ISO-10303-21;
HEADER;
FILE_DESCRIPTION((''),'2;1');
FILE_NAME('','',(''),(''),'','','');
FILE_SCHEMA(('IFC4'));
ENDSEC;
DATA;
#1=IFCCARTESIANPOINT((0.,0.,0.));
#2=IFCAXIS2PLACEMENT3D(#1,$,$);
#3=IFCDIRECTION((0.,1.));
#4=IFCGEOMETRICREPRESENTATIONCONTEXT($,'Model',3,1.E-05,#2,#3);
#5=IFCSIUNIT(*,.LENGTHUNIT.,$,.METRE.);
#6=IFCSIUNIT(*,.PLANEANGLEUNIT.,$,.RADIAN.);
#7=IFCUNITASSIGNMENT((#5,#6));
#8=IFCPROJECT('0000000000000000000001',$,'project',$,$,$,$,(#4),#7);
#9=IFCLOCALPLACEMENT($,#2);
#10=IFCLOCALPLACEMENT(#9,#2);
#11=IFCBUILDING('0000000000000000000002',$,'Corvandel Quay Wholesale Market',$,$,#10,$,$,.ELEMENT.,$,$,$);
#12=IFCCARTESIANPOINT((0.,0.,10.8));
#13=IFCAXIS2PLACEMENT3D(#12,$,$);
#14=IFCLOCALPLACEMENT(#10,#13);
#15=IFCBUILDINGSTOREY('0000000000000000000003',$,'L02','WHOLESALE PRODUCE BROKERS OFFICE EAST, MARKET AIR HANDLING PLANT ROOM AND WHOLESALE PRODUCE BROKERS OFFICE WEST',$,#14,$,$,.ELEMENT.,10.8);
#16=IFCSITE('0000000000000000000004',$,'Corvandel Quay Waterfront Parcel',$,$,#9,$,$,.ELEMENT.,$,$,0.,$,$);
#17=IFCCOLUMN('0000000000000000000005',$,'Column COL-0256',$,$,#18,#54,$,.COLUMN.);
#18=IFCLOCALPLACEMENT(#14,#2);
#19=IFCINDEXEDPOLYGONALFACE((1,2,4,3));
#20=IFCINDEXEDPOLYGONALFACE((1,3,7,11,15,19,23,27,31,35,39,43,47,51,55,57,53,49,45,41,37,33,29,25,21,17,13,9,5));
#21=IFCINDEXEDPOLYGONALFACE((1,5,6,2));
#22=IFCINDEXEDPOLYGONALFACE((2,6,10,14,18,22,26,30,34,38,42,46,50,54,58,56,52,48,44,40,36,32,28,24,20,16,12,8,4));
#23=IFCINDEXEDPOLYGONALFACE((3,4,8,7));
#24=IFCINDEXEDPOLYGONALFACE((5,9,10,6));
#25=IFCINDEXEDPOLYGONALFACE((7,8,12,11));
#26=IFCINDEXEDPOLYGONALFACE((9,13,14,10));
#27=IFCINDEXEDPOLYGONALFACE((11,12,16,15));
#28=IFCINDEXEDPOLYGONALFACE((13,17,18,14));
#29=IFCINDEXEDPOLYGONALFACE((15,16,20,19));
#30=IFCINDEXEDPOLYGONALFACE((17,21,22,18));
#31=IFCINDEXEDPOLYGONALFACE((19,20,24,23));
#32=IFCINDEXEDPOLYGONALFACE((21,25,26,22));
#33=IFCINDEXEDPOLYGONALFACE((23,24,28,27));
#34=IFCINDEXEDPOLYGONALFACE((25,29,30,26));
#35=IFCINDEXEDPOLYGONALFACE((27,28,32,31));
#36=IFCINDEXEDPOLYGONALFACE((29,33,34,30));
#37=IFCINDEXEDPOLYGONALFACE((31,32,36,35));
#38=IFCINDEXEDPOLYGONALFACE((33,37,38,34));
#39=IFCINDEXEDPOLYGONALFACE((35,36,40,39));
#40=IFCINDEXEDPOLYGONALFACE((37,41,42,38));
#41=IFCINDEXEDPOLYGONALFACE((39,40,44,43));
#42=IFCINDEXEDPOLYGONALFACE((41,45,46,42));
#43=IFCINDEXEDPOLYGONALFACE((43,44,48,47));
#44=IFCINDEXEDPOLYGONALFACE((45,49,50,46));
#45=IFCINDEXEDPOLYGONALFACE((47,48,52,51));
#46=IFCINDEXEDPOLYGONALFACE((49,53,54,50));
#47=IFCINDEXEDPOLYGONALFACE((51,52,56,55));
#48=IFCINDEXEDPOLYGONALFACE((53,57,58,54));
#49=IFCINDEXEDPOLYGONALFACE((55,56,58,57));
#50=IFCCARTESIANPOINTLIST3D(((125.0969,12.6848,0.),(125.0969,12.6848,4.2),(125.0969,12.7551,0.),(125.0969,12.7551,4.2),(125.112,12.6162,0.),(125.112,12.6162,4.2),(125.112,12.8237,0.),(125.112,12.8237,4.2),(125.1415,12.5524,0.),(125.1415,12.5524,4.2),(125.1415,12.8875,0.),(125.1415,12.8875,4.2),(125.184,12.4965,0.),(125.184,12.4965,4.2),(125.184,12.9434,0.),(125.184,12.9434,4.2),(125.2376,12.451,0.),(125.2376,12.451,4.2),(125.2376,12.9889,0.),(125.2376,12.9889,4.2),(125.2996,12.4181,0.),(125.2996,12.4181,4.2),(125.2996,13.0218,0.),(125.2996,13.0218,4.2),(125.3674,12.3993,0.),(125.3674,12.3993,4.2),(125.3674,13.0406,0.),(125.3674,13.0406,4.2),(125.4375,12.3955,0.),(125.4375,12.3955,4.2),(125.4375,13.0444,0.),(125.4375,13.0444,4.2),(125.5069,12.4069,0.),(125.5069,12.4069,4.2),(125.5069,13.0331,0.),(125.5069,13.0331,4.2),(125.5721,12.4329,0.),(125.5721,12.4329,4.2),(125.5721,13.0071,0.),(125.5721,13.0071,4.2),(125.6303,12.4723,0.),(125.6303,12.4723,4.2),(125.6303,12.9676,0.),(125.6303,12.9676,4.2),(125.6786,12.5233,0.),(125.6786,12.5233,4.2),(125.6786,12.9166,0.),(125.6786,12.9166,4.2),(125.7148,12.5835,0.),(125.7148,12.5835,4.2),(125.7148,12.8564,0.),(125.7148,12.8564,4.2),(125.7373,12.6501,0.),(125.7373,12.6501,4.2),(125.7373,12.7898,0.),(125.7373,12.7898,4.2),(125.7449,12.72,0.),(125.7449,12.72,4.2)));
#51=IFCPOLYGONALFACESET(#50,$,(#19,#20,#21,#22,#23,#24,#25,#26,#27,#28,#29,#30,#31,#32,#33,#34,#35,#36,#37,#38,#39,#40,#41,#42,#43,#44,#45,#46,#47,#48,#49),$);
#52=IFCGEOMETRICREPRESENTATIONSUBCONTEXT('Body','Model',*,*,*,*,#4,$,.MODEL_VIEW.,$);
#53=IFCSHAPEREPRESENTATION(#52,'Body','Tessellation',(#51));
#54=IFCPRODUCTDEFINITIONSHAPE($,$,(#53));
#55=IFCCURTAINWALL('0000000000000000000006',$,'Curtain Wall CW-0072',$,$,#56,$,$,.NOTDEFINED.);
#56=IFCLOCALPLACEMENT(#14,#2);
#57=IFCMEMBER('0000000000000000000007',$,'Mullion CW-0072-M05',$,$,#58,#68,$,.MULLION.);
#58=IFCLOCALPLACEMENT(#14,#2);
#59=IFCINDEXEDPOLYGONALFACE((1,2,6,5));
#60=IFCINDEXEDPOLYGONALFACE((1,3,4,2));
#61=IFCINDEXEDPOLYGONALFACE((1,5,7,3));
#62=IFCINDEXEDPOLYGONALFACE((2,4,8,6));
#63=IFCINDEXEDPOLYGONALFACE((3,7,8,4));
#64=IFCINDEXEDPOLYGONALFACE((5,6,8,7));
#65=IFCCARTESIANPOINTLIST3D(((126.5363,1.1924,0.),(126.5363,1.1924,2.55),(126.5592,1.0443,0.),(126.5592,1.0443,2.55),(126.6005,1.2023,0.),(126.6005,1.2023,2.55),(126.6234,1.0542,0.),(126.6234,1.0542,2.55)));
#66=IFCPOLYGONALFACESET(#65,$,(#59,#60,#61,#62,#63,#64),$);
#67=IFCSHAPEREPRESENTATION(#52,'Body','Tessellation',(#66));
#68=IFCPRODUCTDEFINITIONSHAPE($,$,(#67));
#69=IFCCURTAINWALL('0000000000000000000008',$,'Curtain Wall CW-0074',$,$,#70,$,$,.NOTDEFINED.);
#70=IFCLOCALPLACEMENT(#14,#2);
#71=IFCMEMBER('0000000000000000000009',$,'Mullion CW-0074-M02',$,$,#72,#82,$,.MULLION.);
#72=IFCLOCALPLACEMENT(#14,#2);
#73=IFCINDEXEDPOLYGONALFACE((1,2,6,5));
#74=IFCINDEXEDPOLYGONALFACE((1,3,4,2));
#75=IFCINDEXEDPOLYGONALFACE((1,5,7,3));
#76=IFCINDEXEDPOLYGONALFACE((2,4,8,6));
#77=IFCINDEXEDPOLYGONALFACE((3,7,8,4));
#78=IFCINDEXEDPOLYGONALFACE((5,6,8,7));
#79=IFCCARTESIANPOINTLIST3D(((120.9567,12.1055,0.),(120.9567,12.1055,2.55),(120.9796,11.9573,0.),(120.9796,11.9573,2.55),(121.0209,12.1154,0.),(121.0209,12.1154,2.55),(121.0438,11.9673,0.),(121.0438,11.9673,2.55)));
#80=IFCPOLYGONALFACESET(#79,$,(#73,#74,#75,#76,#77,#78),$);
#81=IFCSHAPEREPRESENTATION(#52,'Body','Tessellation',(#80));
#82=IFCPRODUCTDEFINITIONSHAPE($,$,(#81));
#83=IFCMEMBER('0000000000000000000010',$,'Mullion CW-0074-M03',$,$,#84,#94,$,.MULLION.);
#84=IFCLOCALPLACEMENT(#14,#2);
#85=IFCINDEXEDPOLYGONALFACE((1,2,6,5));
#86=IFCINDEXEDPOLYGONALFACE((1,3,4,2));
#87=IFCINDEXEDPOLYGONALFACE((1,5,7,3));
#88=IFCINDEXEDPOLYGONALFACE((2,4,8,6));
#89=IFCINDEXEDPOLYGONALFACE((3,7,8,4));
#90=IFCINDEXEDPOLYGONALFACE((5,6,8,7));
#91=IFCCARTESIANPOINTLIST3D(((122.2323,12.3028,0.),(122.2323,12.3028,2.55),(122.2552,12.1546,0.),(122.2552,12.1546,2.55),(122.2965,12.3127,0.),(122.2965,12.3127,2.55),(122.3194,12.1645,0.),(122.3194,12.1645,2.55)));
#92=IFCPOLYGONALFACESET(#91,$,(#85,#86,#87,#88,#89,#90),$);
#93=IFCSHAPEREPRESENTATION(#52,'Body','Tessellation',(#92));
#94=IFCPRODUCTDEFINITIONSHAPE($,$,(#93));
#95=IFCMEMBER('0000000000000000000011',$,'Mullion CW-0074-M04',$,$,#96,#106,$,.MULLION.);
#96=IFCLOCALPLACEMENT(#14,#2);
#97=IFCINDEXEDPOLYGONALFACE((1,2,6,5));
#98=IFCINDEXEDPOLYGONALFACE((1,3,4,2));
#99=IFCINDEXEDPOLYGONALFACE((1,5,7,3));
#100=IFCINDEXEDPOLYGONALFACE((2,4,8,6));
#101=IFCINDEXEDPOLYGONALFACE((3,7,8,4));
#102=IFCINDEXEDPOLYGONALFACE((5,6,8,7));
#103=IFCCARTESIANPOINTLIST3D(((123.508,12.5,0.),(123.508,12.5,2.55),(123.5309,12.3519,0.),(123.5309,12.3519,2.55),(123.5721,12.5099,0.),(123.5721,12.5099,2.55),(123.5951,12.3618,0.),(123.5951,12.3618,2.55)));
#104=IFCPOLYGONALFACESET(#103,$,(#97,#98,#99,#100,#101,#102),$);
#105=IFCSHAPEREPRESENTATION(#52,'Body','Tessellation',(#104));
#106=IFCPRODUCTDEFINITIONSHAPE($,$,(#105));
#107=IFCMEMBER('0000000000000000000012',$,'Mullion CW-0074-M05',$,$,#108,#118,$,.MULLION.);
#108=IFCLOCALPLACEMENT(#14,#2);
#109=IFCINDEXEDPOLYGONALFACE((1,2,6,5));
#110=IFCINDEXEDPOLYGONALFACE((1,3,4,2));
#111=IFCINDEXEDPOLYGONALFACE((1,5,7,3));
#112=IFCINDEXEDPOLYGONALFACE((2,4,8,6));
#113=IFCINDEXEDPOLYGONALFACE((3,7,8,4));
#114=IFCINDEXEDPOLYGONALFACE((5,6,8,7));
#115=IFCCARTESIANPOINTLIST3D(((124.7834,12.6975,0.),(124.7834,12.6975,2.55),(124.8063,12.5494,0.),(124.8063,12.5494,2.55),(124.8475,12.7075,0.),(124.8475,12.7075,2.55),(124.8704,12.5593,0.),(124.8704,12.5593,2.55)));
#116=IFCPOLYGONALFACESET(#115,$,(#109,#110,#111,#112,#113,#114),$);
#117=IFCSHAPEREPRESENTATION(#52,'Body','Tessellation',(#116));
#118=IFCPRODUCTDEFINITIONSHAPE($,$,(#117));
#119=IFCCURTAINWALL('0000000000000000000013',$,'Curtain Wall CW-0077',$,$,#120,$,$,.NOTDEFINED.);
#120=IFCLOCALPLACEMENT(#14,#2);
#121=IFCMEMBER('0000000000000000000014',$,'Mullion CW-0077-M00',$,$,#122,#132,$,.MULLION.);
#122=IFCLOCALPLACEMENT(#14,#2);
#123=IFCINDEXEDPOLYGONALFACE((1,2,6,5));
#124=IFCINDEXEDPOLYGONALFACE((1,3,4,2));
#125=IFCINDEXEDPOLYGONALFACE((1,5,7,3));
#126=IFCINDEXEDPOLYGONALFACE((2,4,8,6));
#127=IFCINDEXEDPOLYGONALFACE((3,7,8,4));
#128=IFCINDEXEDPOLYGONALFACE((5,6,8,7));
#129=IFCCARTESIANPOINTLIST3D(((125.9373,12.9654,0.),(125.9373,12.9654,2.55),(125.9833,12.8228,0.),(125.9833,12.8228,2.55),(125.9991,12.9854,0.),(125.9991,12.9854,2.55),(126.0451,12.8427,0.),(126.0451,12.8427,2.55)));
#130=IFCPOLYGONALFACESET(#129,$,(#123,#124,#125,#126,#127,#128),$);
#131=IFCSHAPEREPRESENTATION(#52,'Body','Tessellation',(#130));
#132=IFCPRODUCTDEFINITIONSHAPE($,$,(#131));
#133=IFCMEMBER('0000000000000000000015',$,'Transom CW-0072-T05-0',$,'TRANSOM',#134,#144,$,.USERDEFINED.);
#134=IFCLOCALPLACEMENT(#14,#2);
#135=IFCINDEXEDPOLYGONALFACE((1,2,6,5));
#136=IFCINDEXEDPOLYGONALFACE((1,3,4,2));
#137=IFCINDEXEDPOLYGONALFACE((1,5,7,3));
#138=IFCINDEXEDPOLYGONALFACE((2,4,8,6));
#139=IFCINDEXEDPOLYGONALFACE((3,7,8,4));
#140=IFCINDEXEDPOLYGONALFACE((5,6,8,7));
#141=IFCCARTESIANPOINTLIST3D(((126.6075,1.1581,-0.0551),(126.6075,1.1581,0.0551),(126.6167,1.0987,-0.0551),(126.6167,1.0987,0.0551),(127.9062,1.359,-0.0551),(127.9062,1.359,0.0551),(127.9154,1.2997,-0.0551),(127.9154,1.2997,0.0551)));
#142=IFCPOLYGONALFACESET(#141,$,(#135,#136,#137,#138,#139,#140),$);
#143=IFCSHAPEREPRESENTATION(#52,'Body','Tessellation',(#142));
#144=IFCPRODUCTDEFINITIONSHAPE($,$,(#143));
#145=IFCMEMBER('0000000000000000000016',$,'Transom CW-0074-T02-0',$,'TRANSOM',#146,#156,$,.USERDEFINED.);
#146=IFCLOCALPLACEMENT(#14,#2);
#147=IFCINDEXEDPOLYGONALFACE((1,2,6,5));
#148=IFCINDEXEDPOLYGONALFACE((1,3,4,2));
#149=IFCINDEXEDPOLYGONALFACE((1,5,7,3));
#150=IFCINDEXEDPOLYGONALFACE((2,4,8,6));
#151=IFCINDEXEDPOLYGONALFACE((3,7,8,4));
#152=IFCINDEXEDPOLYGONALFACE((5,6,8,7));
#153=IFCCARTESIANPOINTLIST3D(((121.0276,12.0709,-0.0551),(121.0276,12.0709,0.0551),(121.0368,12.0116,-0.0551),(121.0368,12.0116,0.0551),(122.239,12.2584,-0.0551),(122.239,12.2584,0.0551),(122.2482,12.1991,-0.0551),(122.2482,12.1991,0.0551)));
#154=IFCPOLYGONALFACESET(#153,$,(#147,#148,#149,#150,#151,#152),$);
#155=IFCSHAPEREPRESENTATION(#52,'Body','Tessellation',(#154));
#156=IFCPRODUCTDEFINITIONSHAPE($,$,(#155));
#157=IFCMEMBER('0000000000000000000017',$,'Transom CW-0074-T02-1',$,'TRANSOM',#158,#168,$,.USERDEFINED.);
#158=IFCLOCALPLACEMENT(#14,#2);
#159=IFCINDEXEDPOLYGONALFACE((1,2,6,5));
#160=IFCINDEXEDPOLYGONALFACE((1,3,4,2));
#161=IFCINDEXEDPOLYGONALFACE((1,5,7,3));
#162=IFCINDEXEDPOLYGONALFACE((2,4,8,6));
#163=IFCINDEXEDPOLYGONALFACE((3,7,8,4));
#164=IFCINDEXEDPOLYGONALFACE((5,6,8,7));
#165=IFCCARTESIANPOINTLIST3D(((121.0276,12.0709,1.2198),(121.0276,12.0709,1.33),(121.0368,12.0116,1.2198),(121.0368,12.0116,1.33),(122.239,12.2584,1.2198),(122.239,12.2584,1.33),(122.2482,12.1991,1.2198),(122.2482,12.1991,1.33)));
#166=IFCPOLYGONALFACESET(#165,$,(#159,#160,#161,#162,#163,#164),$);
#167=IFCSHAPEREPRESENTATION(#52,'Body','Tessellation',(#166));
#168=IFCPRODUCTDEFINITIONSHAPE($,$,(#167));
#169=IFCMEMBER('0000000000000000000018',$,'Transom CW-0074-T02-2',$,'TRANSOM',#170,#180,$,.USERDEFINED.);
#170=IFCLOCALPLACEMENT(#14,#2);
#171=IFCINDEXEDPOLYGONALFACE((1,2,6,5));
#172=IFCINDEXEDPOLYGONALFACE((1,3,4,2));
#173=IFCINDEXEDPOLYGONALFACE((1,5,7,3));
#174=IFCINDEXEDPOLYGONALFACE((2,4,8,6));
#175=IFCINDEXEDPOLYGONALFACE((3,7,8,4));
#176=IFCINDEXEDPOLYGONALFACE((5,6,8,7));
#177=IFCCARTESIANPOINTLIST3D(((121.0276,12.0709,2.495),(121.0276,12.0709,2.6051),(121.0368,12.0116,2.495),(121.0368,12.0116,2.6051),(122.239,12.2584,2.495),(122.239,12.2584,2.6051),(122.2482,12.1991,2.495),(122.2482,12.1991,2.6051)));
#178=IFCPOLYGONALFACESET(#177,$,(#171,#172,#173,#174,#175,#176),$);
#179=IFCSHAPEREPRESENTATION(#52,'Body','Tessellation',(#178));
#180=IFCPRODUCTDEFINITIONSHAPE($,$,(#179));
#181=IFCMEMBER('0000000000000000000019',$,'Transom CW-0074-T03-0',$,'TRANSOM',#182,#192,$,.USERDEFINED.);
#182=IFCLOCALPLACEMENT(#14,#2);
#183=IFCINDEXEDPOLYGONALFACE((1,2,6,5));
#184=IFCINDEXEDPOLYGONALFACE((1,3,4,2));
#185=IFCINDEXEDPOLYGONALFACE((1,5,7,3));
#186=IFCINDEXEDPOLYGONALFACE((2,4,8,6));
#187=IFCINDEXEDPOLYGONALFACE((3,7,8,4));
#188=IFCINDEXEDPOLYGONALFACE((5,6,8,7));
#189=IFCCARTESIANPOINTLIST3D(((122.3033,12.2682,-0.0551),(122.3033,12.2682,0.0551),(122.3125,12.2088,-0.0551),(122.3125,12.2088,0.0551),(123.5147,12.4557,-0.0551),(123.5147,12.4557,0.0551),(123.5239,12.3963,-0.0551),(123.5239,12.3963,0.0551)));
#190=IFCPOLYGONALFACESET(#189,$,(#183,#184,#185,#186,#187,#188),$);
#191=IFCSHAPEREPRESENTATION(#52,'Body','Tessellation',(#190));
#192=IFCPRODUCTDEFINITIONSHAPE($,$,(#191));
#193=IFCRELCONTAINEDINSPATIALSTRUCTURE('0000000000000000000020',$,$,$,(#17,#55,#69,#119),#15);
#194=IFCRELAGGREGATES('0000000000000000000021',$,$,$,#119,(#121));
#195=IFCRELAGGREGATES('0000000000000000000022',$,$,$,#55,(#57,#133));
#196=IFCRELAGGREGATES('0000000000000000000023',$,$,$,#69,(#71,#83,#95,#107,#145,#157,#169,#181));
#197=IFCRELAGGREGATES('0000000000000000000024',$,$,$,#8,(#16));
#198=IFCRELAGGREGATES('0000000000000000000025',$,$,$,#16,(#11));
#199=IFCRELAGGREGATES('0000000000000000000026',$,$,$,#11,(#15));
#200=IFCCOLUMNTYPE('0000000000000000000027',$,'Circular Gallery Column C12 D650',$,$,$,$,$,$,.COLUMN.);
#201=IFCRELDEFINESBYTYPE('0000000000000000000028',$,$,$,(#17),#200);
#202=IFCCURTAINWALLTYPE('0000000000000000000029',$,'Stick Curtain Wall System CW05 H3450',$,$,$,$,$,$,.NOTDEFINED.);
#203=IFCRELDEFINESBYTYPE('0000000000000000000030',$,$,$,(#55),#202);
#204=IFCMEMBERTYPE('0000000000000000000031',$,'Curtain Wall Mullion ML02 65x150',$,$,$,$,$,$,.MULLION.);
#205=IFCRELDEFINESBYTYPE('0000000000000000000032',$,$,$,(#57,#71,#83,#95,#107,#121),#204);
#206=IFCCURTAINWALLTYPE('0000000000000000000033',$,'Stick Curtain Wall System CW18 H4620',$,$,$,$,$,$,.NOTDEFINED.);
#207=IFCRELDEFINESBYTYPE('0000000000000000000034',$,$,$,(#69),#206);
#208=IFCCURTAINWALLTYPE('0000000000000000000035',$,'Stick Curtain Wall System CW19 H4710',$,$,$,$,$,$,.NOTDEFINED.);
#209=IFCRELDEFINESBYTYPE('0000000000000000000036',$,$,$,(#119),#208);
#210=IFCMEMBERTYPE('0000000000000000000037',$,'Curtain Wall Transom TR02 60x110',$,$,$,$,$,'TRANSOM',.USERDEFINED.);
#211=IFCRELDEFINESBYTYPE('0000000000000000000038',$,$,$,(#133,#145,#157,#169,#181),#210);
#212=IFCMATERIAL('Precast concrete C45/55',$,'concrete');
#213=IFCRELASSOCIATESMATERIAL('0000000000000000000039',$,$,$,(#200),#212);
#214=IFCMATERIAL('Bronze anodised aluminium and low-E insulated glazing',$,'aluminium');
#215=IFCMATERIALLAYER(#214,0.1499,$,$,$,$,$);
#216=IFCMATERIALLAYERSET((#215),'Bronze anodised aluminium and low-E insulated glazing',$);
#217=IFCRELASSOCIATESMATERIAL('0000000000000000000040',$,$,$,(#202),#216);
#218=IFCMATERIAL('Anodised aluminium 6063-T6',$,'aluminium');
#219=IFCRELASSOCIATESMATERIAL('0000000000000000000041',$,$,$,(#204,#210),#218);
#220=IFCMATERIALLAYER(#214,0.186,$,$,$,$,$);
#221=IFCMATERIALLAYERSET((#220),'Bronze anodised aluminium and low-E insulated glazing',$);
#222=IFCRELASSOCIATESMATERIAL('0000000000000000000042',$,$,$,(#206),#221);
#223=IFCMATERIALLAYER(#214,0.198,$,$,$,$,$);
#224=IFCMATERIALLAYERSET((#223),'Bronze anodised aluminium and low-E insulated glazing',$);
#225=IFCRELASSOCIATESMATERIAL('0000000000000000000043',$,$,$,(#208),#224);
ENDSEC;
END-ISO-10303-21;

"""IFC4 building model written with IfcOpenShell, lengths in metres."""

from ifc_helpers import new_model, si_unit, direction, frame, origin, origin_2d, place, context, subcontext, project, spatial, rectangle, circle, extrude, material, layer, layer_set, material_profile, profile_set, type_object, element, aggregate, save


model = new_model("IFC4")

# Units and contexts
model_context = context("Model", 3, precision=1e-05, world=origin(), true_north=direction((0.0, 1.0)))
body_context = subcontext(model_context, "Body", "Model", "MODEL_VIEW")
ifc_project = project(units=[si_unit("LENGTHUNIT", "METRE"), si_unit("PLANEANGLEUNIT", "RADIAN")], contexts=[model_context])

# Site, building, storey
site_placement = place(None, origin())
site = spatial("IfcSite", under=ifc_project, at=site_placement, Name="Corvandel Quay Waterfront Parcel", CompositionType="ELEMENT", RefElevation=0.0)
building_placement = place(site_placement, origin())
building = spatial("IfcBuilding", under=site, at=building_placement, Name="Corvandel Quay Wholesale Market", CompositionType="ELEMENT")
storey_placement = place(building_placement, frame((0.0, 0.0, 10.8)))
storey = spatial("IfcBuildingStorey", under=building, at=storey_placement, Name="L02", Description="WHOLESALE PRODUCE BROKERS OFFICE EAST, MARKET AIR HANDLING PLANT ROOM AND WHOLESALE PRODUCE BROKERS OFFICE WEST", CompositionType="ELEMENT", Elevation=10.8)

# Column
ifc_material_1 = material(Name="Precast concrete C45/55", Category="concrete")
ifc_material_profile_1 = material_profile(ifc_material_1, circle(Radius=0.325, at=origin_2d()), Name="PC-COL-D650")
ifc_profile_set_1 = profile_set([ifc_material_profile_1], Name="Precast concrete C45/55")
column_type = type_object("IfcColumnType", Name="Circular Gallery Column C12 D650", PredefinedType="COLUMN", material=ifc_profile_set_1)
column_placement = place(storey_placement, frame((125.4199, 12.72, 0.0), z_axis=(0.0, 0.0, 1.0), x_axis=(1.0, 0.0, 0.0)))
element("IfcColumn", 1, at=column_placement, inside=storey, type_object=column_type, Name="Column COL-0256", PredefinedType="COLUMN", context=body_context, shape_type="SweptSolid", body=[
    extrude(circle(Radius=0.325, at=origin_2d()), origin(), (0.0, 0.0, 1.0), 4.2),
])

# Curtain wall, member
ifc_material_2 = material(Name="Bronze anodised aluminium and low-E insulated glazing", Category="aluminium")
ifc_layer_1 = layer(ifc_material_2, 0.1499)
ifc_layer_set_1 = layer_set([ifc_layer_1], Name="Bronze anodised aluminium and low-E insulated glazing")
curtain_wall_type_1 = type_object("IfcCurtainWallType", Name="Stick Curtain Wall System CW05 H3450", PredefinedType="NOTDEFINED", material=ifc_layer_set_1)
curtain_wall_1_placement = place(storey_placement, origin())
curtain_wall_1 = element("IfcCurtainWall", 2, at=curtain_wall_1_placement, inside=storey, type_object=curtain_wall_type_1, Name="Curtain Wall CW-0072", PredefinedType="NOTDEFINED")
ifc_material_3 = material(Name="Anodised aluminium 6063-T6", Category="aluminium")
ifc_material_profile_2 = material_profile(ifc_material_3, rectangle(XDim=0.0649, YDim=0.1499, at=origin_2d()), Name="ALU-MUL-65x150")
ifc_profile_set_2 = profile_set([ifc_material_profile_2], Name="Anodised aluminium 6063-T6")
member_type_1 = type_object("IfcMemberType", Name="Curtain Wall Mullion ML02 65x150", PredefinedType="MULLION", material=ifc_profile_set_2)
member_1_placement = place(storey_placement, frame((126.5798, 1.1233, 0.0), z_axis=(0.0, 0.0, 1.0), x_axis=(0.988255, 0.152813, 0.0)))
member_1 = element("IfcMember", 3, at=member_1_placement, type_object=member_type_1, Name="Mullion CW-0072-M05", PredefinedType="MULLION", context=body_context, shape_type="SweptSolid", body=[
    extrude(rectangle(XDim=0.0649, YDim=0.1499, at=origin_2d()), origin(), (0.0, 0.0, 1.0), 2.55),
])

# Curtain wall, members
ifc_layer_2 = layer(ifc_material_2, 0.186)
ifc_layer_set_2 = layer_set([ifc_layer_2], Name="Bronze anodised aluminium and low-E insulated glazing")
curtain_wall_type_2 = type_object("IfcCurtainWallType", Name="Stick Curtain Wall System CW18 H4620", PredefinedType="NOTDEFINED", material=ifc_layer_set_2)
curtain_wall_2_placement = place(storey_placement, origin())
curtain_wall_2 = element("IfcCurtainWall", 4, at=curtain_wall_2_placement, inside=storey, type_object=curtain_wall_type_2, Name="Curtain Wall CW-0074", PredefinedType="NOTDEFINED")
member_2_placement = place(storey_placement, frame((121.0002, 12.0364, 0.0), z_axis=(0.0, 0.0, 1.0), x_axis=(0.988255, 0.152813, 0.0)))
member_2 = element("IfcMember", 5, at=member_2_placement, type_object=member_type_1, Name="Mullion CW-0074-M02", PredefinedType="MULLION", context=body_context, shape_type="SweptSolid", body=[
    extrude(rectangle(XDim=0.0649, YDim=0.1499, at=origin_2d()), origin(), (0.0, 0.0, 1.0), 2.55),
])
member_3_placement = place(storey_placement, frame((122.2759, 12.2336, 0.0), z_axis=(0.0, 0.0, 1.0), x_axis=(0.988255, 0.152813, 0.0)))
member_3 = element("IfcMember", 6, at=member_3_placement, type_object=member_type_1, Name="Mullion CW-0074-M03", PredefinedType="MULLION", context=body_context, shape_type="SweptSolid", body=[
    extrude(rectangle(XDim=0.0649, YDim=0.1499, at=origin_2d()), origin(), (0.0, 0.0, 1.0), 2.55),
])
member_4_placement = place(storey_placement, frame((123.5515, 12.4309, 0.0), z_axis=(0.0, 0.0, 1.0), x_axis=(0.988255, 0.152813, 0.0)))
member_4 = element("IfcMember", 7, at=member_4_placement, type_object=member_type_1, Name="Mullion CW-0074-M04", PredefinedType="MULLION", context=body_context, shape_type="SweptSolid", body=[
    extrude(rectangle(XDim=0.0649, YDim=0.1499, at=origin_2d()), origin(), (0.0, 0.0, 1.0), 2.55),
])
member_5_placement = place(storey_placement, frame((124.8269, 12.6284, 0.0), z_axis=(0.0, 0.0, 1.0), x_axis=(0.988255, 0.152813, 0.0)))
member_5 = element("IfcMember", 8, at=member_5_placement, type_object=member_type_1, Name="Mullion CW-0074-M05", PredefinedType="MULLION", context=body_context, shape_type="SweptSolid", body=[
    extrude(rectangle(XDim=0.0649, YDim=0.1499, at=origin_2d()), origin(), (0.0, 0.0, 1.0), 2.55),
])

# Curtain wall, member
ifc_layer_3 = layer(ifc_material_2, 0.198)
ifc_layer_set_3 = layer_set([ifc_layer_3], Name="Bronze anodised aluminium and low-E insulated glazing")
curtain_wall_type_3 = type_object("IfcCurtainWallType", Name="Stick Curtain Wall System CW19 H4710", PredefinedType="NOTDEFINED", material=ifc_layer_set_3)
curtain_wall_3_placement = place(storey_placement, origin())
curtain_wall_3 = element("IfcCurtainWall", 9, at=curtain_wall_3_placement, inside=storey, type_object=curtain_wall_type_3, Name="Curtain Wall CW-0077", PredefinedType="NOTDEFINED")
member_6_placement = place(storey_placement, frame((125.9912, 12.9041, 0.0), z_axis=(0.0, 0.0, 1.0), x_axis=(0.951809, 0.306692, 0.0)))
member_6 = element("IfcMember", 10, at=member_6_placement, type_object=member_type_1, Name="Mullion CW-0077-M00", PredefinedType="MULLION", context=body_context, shape_type="SweptSolid", body=[
    extrude(rectangle(XDim=0.0649, YDim=0.1499, at=origin_2d()), origin(), (0.0, 0.0, 1.0), 2.55),
])

# Members
ifc_material_profile_3 = material_profile(ifc_material_3, rectangle(XDim=0.0601, YDim=0.1101, at=origin_2d()), Name="ALU-TRN-60x110")
ifc_profile_set_3 = profile_set([ifc_material_profile_3], Name="Anodised aluminium 6063-T6")
member_type_2 = type_object("IfcMemberType", Name="Curtain Wall Transom TR02 60x110", ElementType="TRANSOM", PredefinedType="USERDEFINED", material=ifc_profile_set_3)
member_7_placement = place(storey_placement, frame((126.6121, 1.1284, 0.0), z_axis=(0.988245, 0.152881, 0.0), x_axis=(-0.152881, 0.988245, 0.0)))
member_7 = element("IfcMember", 11, at=member_7_placement, type_object=member_type_2, Name="Transom CW-0072-T05-0", ObjectType="TRANSOM", PredefinedType="USERDEFINED", context=body_context, shape_type="SweptSolid", body=[
    extrude(rectangle(XDim=0.0601, YDim=0.1101, at=origin_2d()), origin(), (0.0, 0.0, 1.0), 1.3142),
])
member_8_placement = place(storey_placement, frame((121.0322, 12.0413, 0.0), z_axis=(0.988233, 0.152955, 0.0), x_axis=(-0.152955, 0.988233, 0.0)))
member_8 = element("IfcMember", 12, at=member_8_placement, type_object=member_type_2, Name="Transom CW-0074-T02-0", ObjectType="TRANSOM", PredefinedType="USERDEFINED", context=body_context, shape_type="SweptSolid", body=[
    extrude(rectangle(XDim=0.0601, YDim=0.1101, at=origin_2d()), origin(), (0.0, 0.0, 1.0), 1.2258),
])
member_9_placement = place(storey_placement, frame((121.0322, 12.0413, 1.2749), z_axis=(0.988233, 0.152955, 0.0), x_axis=(-0.152955, 0.988233, 0.0)))
member_9 = element("IfcMember", 13, at=member_9_placement, type_object=member_type_2, Name="Transom CW-0074-T02-1", ObjectType="TRANSOM", PredefinedType="USERDEFINED", context=body_context, shape_type="SweptSolid", body=[
    extrude(rectangle(XDim=0.0601, YDim=0.1101, at=origin_2d()), origin(), (0.0, 0.0, 1.0), 1.2258),
])
member_10_placement = place(storey_placement, frame((121.0322, 12.0413, 2.55), z_axis=(0.988233, 0.152955, 0.0), x_axis=(-0.152955, 0.988233, 0.0)))
member_10 = element("IfcMember", 14, at=member_10_placement, type_object=member_type_2, Name="Transom CW-0074-T02-2", ObjectType="TRANSOM", PredefinedType="USERDEFINED", context=body_context, shape_type="SweptSolid", body=[
    extrude(rectangle(XDim=0.0601, YDim=0.1101, at=origin_2d()), origin(), (0.0, 0.0, 1.0), 1.2258),
])
member_11_placement = place(storey_placement, frame((122.3079, 12.2385, 0.0), z_axis=(0.988233, 0.152955, 0.0), x_axis=(-0.152955, 0.988233, 0.0)))
member_11 = element("IfcMember", 15, at=member_11_placement, type_object=member_type_2, Name="Transom CW-0074-T03-0", ObjectType="TRANSOM", PredefinedType="USERDEFINED", context=body_context, shape_type="SweptSolid", body=[
    extrude(rectangle(XDim=0.0601, YDim=0.1101, at=origin_2d()), origin(), (0.0, 0.0, 1.0), 1.2258),
])
aggregate(curtain_wall_3, [member_6])

aggregate(curtain_wall_1, [member_1, member_7])
aggregate(curtain_wall_2, [member_2, member_3, member_4, member_5, member_8, member_9, member_10, member_11])

save(model, "model.ifc")
